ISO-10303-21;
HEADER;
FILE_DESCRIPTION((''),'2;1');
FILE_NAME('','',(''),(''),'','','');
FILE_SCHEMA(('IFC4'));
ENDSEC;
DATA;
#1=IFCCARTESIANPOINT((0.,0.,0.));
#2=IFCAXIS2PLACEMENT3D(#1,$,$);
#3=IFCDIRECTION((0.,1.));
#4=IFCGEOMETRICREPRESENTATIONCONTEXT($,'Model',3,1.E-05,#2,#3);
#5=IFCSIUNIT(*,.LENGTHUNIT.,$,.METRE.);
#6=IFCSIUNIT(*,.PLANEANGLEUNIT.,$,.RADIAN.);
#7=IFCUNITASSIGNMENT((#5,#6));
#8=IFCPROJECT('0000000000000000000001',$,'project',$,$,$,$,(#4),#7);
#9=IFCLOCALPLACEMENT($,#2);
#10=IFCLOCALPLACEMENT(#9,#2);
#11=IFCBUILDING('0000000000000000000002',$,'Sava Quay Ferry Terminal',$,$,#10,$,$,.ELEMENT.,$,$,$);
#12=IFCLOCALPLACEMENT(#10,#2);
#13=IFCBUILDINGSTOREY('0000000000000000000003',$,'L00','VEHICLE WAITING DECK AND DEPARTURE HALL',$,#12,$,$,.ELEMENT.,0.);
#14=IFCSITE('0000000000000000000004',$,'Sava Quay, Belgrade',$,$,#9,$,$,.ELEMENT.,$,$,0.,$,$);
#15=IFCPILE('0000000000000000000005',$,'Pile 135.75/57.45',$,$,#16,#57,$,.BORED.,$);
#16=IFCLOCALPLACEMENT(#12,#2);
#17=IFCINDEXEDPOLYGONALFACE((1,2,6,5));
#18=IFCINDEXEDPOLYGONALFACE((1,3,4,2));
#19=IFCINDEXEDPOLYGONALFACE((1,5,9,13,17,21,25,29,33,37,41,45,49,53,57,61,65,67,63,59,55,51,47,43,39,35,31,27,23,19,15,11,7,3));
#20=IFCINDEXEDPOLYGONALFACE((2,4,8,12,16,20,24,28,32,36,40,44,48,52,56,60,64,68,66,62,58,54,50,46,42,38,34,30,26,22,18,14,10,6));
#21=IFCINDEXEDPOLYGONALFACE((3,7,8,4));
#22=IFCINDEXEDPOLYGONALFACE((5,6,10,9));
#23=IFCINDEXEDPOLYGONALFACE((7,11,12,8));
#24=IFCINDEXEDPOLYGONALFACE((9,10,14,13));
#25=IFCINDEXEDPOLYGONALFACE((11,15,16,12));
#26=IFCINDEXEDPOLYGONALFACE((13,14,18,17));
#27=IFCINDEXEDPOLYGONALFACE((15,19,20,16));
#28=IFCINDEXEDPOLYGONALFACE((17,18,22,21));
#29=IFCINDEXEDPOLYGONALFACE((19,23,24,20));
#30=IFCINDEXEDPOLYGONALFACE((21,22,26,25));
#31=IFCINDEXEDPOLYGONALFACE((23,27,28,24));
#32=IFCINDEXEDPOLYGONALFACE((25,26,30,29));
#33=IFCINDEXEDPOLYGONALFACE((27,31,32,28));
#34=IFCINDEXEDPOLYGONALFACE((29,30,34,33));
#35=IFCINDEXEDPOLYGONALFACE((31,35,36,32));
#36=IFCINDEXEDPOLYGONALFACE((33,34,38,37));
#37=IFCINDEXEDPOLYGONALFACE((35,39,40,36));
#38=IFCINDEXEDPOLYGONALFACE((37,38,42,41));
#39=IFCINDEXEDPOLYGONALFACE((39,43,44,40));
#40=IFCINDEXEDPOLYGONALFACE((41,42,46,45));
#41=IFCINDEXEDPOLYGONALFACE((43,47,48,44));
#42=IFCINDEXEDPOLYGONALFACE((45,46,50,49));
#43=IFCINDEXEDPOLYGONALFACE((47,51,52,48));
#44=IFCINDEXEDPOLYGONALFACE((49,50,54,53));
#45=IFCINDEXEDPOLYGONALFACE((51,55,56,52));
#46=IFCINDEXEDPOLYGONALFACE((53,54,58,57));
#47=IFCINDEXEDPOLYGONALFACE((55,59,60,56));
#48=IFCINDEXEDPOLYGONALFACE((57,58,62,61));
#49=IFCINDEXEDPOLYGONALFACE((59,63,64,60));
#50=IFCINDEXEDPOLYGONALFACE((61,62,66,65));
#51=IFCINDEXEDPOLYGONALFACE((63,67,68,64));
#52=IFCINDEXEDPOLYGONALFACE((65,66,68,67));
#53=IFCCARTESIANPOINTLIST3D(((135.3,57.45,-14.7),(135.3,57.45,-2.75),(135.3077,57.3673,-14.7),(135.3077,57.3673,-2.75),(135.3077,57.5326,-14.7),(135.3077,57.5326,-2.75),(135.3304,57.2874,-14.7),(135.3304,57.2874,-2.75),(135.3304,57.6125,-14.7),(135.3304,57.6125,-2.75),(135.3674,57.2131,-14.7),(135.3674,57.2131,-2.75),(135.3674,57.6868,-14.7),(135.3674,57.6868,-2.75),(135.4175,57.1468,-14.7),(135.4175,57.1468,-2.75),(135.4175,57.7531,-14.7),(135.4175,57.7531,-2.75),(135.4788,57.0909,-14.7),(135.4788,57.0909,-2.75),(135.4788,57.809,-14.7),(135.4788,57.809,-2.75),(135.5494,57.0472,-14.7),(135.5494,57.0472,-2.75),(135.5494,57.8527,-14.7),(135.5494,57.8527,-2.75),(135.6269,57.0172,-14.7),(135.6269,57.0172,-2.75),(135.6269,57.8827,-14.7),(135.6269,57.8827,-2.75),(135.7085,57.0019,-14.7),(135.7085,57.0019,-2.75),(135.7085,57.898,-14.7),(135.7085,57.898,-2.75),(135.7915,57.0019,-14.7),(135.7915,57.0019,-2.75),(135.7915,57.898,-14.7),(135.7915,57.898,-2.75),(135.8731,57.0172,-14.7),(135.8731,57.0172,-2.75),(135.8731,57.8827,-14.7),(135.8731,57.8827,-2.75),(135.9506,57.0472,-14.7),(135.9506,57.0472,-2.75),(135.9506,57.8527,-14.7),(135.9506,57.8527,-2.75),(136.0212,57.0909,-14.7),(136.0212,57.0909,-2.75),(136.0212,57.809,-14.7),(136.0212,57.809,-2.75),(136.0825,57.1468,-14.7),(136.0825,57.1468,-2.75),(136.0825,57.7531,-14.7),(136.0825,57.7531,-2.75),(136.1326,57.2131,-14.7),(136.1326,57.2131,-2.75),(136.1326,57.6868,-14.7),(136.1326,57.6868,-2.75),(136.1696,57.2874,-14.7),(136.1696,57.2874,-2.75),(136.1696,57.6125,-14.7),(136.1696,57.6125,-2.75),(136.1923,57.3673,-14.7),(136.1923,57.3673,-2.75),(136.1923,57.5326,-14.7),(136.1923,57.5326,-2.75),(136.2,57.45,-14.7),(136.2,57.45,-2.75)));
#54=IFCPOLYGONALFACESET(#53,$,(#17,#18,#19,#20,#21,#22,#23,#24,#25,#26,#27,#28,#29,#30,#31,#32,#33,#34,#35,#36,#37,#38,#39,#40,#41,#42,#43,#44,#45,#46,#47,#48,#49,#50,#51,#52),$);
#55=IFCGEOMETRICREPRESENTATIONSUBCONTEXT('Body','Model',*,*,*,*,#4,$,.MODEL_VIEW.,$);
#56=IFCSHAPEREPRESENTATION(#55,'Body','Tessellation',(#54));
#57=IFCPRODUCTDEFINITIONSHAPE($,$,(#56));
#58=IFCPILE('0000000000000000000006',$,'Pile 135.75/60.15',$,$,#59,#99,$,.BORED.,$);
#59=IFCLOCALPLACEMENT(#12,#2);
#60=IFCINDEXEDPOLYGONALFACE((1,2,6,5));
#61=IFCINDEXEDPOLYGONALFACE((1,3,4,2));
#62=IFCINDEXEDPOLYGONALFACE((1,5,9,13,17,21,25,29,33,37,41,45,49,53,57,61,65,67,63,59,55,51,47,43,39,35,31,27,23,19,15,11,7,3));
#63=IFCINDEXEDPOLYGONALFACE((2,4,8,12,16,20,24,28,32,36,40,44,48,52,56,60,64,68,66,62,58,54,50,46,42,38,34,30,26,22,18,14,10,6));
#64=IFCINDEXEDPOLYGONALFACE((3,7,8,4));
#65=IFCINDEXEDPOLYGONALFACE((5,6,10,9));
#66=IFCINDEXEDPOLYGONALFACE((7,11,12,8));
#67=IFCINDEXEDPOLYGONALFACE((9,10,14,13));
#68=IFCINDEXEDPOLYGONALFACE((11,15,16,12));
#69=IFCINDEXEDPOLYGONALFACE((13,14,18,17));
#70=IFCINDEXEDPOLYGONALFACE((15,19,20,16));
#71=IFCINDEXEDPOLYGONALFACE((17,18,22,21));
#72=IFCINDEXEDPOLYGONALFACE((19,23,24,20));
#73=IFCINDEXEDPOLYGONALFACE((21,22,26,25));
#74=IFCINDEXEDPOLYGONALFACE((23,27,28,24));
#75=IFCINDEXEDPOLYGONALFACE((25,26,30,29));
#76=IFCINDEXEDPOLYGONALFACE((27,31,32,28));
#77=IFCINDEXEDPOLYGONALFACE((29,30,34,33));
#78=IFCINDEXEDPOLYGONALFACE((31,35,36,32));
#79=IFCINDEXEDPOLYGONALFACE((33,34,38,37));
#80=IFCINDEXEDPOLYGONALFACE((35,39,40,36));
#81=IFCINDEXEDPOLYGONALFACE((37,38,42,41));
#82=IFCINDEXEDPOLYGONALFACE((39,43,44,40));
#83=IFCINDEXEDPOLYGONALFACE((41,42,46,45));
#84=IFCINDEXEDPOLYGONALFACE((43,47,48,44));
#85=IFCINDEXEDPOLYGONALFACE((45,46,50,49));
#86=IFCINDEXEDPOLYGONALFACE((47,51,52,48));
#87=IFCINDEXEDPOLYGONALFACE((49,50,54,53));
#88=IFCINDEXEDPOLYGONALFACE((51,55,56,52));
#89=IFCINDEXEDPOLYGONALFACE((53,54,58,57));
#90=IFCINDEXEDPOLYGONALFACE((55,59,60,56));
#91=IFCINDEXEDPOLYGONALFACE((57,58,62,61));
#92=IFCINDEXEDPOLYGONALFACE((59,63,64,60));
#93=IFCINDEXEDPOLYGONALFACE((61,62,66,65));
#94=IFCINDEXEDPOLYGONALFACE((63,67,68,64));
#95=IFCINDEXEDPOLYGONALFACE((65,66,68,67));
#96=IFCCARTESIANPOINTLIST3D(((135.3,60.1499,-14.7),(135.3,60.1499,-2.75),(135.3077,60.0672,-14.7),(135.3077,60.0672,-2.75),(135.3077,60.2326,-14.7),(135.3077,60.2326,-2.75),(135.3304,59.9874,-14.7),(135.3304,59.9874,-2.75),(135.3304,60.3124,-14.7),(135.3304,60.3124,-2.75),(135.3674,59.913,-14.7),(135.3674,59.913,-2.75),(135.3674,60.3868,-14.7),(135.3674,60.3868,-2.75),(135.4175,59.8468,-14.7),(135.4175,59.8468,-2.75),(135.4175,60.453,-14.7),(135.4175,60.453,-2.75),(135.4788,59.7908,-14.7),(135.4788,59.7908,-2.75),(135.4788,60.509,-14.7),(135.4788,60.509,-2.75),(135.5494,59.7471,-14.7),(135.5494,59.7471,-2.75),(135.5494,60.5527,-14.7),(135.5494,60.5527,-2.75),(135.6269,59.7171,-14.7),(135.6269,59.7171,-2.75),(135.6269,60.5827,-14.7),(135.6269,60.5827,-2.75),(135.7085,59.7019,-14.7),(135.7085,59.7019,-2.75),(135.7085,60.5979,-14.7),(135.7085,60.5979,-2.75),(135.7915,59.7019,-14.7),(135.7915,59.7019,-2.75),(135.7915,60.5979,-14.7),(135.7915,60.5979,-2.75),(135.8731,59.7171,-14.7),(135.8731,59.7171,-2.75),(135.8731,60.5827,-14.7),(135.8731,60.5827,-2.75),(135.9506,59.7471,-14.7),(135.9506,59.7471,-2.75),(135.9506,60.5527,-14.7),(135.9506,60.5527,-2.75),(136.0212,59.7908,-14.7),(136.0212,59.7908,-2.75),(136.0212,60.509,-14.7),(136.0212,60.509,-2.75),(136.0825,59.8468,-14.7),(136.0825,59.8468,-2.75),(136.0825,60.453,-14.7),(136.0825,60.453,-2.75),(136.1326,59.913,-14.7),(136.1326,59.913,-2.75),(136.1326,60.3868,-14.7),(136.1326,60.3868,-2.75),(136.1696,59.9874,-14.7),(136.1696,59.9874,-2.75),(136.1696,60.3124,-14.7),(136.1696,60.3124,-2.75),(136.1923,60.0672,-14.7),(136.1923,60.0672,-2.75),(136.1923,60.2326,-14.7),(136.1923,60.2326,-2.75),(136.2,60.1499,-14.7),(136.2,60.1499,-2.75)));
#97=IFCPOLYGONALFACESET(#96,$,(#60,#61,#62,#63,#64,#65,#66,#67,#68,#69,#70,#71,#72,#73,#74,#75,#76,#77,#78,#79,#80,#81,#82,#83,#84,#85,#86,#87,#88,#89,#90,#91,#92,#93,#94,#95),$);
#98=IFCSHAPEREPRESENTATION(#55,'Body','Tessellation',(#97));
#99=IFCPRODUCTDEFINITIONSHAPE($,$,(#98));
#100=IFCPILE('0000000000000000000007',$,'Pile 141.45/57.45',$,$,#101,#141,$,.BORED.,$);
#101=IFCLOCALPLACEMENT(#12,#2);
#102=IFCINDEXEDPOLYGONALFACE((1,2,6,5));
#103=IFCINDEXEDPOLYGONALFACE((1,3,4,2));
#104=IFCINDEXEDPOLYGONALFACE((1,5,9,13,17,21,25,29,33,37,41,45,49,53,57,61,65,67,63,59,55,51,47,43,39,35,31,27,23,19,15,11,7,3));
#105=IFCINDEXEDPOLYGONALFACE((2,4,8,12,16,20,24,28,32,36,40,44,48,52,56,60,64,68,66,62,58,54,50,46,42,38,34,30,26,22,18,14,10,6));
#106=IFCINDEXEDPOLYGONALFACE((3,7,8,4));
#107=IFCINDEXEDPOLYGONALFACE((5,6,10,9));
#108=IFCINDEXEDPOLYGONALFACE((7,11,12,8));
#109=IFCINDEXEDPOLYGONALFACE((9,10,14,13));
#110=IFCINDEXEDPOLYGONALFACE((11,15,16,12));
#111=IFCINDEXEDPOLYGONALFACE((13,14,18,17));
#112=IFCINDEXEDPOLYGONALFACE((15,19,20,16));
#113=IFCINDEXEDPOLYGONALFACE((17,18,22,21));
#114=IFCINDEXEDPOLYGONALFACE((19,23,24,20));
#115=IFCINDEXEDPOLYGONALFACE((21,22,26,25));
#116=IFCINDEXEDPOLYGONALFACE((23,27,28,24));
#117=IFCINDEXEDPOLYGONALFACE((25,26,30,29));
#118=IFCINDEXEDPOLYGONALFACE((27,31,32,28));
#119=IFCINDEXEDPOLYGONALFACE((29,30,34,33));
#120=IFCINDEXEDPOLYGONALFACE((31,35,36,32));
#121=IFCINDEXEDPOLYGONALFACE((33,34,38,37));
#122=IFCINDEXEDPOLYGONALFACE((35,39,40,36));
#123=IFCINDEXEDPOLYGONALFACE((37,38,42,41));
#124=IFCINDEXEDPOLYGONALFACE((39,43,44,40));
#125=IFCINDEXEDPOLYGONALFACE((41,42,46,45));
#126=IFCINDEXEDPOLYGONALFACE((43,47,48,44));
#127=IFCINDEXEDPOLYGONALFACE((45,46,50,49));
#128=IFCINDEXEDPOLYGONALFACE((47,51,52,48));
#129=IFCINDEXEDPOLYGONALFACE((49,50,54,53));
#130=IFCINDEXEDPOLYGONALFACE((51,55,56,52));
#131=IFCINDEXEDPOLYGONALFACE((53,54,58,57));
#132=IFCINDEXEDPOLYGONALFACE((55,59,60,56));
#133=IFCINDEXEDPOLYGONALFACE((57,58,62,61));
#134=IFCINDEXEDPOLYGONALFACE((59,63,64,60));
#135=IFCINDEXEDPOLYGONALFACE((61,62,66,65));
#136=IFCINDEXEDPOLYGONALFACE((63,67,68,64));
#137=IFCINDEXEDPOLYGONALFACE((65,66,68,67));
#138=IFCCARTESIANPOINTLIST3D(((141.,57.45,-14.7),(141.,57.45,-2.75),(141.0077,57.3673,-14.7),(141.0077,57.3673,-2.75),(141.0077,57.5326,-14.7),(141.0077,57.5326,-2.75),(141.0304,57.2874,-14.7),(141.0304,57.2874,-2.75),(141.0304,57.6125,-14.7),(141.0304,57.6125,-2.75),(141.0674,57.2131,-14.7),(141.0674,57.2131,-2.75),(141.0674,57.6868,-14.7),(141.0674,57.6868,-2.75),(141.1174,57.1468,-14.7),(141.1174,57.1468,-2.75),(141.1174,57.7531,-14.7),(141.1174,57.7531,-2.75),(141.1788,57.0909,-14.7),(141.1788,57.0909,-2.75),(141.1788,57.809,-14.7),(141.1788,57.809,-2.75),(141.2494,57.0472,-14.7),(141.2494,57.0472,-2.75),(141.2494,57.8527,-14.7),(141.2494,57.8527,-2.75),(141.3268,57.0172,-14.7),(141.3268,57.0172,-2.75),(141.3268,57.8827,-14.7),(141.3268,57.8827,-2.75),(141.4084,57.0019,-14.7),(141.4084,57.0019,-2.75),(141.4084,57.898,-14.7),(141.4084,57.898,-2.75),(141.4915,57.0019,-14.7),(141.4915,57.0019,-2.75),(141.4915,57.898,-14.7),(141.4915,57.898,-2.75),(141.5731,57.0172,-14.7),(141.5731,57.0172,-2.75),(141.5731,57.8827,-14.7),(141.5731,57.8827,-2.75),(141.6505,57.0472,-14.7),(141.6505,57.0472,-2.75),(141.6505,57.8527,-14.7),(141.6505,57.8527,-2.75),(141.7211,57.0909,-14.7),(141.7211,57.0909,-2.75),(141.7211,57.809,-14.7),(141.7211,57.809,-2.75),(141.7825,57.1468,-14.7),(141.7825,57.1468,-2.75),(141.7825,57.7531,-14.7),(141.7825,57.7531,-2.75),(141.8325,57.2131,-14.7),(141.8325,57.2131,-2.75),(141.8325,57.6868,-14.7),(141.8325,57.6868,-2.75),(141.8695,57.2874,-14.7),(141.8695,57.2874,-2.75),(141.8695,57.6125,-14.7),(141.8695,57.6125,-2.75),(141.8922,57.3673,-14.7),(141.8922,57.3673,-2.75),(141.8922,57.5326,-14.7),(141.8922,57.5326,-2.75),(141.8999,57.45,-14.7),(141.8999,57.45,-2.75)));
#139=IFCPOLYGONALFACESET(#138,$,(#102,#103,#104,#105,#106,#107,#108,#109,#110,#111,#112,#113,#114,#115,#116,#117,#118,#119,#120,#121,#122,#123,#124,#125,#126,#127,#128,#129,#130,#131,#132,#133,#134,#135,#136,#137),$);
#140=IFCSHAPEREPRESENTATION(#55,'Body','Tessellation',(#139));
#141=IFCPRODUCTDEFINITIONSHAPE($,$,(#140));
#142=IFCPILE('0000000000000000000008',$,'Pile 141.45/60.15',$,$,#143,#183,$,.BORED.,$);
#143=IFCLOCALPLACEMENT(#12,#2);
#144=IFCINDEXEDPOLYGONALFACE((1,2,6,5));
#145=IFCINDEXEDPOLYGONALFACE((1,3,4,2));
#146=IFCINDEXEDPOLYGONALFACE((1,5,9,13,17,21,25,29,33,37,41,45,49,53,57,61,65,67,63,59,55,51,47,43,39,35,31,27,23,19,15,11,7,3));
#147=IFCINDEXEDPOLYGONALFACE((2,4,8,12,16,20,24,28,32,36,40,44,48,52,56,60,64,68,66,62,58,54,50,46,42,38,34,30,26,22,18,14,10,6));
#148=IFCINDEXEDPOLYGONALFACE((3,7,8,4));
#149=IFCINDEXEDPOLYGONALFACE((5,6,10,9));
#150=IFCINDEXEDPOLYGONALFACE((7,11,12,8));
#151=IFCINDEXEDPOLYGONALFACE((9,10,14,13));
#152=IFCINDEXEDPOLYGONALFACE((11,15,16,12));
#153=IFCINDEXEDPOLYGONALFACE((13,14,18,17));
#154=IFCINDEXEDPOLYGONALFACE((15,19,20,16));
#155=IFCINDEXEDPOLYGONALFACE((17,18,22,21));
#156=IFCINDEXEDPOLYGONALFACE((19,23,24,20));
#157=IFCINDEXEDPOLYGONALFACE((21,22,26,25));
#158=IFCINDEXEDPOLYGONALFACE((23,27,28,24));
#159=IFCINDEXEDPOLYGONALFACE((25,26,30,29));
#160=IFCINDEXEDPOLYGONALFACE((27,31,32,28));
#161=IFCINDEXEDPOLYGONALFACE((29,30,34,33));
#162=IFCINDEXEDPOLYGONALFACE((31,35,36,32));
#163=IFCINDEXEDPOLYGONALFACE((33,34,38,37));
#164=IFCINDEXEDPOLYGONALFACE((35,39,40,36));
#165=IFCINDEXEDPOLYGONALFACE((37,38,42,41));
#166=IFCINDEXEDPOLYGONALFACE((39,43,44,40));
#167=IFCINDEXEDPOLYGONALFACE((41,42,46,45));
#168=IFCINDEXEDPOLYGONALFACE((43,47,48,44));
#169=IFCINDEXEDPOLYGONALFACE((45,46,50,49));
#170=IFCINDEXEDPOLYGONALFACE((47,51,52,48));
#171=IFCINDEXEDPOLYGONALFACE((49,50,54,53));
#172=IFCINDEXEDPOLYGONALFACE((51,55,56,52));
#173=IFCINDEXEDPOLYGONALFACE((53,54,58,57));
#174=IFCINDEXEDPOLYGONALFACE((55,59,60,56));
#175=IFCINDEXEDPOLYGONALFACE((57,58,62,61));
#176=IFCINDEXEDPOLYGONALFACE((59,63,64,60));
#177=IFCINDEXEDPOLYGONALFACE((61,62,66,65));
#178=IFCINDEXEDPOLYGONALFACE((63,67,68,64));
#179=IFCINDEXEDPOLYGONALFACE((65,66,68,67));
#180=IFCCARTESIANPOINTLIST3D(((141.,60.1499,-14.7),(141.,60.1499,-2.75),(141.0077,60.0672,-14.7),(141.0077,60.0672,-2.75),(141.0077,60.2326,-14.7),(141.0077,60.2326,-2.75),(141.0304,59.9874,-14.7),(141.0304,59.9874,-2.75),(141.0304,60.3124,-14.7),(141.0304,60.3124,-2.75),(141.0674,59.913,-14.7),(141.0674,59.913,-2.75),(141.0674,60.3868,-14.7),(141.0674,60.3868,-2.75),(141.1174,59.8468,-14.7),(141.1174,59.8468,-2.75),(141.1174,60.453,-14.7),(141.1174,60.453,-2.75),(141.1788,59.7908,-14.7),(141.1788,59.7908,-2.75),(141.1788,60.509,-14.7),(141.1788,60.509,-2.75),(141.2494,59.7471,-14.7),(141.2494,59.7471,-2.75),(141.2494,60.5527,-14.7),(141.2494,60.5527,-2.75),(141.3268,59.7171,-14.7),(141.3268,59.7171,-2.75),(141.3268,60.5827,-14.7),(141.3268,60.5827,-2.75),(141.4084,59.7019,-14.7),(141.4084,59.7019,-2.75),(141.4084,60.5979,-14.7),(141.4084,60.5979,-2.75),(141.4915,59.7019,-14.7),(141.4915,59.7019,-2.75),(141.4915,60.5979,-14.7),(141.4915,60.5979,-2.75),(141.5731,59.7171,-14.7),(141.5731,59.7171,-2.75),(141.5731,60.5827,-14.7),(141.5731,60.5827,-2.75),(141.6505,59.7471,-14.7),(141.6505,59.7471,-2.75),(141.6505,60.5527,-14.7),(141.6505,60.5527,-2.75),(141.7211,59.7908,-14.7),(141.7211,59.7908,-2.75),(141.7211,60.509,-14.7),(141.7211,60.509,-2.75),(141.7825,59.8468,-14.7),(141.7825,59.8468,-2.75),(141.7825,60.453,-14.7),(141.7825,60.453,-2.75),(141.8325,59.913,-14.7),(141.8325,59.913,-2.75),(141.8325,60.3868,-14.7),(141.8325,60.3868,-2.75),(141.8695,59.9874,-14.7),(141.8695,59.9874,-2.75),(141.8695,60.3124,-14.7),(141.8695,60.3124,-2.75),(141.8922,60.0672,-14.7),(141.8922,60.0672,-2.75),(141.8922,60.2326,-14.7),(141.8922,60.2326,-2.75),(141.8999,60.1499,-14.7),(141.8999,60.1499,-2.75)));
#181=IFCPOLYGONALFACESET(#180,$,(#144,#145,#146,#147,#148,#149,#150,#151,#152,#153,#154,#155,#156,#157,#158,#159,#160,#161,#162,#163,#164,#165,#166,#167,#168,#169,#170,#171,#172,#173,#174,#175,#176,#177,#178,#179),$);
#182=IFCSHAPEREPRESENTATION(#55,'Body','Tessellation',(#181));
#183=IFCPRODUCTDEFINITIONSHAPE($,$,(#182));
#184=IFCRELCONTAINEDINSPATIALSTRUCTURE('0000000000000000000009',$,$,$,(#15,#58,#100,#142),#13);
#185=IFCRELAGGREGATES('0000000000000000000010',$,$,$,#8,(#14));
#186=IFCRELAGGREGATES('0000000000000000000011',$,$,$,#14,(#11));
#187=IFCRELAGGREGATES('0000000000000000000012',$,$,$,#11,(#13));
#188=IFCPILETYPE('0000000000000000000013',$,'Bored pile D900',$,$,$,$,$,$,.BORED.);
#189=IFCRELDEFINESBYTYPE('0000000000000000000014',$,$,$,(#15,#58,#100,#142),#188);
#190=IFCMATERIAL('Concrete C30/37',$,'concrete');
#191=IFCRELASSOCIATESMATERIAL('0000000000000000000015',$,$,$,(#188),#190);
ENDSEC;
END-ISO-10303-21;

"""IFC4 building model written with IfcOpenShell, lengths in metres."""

from ifc_helpers import new_model, si_unit, direction, frame, origin, origin_2d, place, context, subcontext, project, spatial, circle, extrude, material, material_profile, profile_set, type_object, element, save


model = new_model("IFC4")

# Units and contexts
model_context = context("Model", 3, precision=1e-05, world=origin(), true_north=direction((0.0, 1.0)))
body_context = subcontext(model_context, "Body", "Model", "MODEL_VIEW")
ifc_project = project(units=[si_unit("LENGTHUNIT", "METRE"), si_unit("PLANEANGLEUNIT", "RADIAN")], contexts=[model_context])

# Site, building, storey
site_placement = place(None, origin())
site = spatial("IfcSite", under=ifc_project, at=site_placement, Name="Sava Quay, Belgrade", CompositionType="ELEMENT", RefElevation=0.0)
building_placement = place(site_placement, origin())
building = spatial("IfcBuilding", under=site, at=building_placement, Name="Sava Quay Ferry Terminal", CompositionType="ELEMENT")
storey_placement = place(building_placement, origin())
storey = spatial("IfcBuildingStorey", under=building, at=storey_placement, Name="L00", Description="VEHICLE WAITING DECK AND DEPARTURE HALL", CompositionType="ELEMENT", Elevation=0.0)

# Piles
ifc_material_1 = material(Name="Concrete C30/37", Category="concrete")
ifc_material_profile_1 = material_profile(ifc_material_1, circle(Radius=0.45, at=origin_2d()), Name="Bored pile D900")
ifc_profile_set_1 = profile_set([ifc_material_profile_1], Name="Concrete C30/37")
pile_type = type_object("IfcPileType", Name="Bored pile D900", PredefinedType="BORED", material=ifc_profile_set_1)
for number, where, z_axis, x_axis, name in (
    (1, (135.75, 57.45, -2.75), (0.0, 0.0, -1.0), (1.0, 0.0, 0.0), "Pile 135.75/57.45"),
    (2, (135.75, 60.1499, -2.75), (0.0, 0.0, -1.0), (1.0, 0.0, 0.0), "Pile 135.75/60.15"),
    (3, (141.45, 57.45, -2.75), (0.0, 0.0, -1.0), (1.0, 0.0, 0.0), "Pile 141.45/57.45"),
    (4, (141.45, 60.1499, -2.75), (0.0, 0.0, -1.0), (1.0, 0.0, 0.0), "Pile 141.45/60.15"),
):
    element("IfcPile", number, at=place(storey_placement, frame(where, z_axis=z_axis, x_axis=x_axis)), inside=storey, type_object=pile_type, Name=name, PredefinedType="BORED", context=body_context, shape_type="SweptSolid", body=[
        extrude(circle(Radius=0.45, at=origin_2d()), origin(), (0.0, 0.0, 1.0), 11.95),
    ])

save(model, "model.ifc")
